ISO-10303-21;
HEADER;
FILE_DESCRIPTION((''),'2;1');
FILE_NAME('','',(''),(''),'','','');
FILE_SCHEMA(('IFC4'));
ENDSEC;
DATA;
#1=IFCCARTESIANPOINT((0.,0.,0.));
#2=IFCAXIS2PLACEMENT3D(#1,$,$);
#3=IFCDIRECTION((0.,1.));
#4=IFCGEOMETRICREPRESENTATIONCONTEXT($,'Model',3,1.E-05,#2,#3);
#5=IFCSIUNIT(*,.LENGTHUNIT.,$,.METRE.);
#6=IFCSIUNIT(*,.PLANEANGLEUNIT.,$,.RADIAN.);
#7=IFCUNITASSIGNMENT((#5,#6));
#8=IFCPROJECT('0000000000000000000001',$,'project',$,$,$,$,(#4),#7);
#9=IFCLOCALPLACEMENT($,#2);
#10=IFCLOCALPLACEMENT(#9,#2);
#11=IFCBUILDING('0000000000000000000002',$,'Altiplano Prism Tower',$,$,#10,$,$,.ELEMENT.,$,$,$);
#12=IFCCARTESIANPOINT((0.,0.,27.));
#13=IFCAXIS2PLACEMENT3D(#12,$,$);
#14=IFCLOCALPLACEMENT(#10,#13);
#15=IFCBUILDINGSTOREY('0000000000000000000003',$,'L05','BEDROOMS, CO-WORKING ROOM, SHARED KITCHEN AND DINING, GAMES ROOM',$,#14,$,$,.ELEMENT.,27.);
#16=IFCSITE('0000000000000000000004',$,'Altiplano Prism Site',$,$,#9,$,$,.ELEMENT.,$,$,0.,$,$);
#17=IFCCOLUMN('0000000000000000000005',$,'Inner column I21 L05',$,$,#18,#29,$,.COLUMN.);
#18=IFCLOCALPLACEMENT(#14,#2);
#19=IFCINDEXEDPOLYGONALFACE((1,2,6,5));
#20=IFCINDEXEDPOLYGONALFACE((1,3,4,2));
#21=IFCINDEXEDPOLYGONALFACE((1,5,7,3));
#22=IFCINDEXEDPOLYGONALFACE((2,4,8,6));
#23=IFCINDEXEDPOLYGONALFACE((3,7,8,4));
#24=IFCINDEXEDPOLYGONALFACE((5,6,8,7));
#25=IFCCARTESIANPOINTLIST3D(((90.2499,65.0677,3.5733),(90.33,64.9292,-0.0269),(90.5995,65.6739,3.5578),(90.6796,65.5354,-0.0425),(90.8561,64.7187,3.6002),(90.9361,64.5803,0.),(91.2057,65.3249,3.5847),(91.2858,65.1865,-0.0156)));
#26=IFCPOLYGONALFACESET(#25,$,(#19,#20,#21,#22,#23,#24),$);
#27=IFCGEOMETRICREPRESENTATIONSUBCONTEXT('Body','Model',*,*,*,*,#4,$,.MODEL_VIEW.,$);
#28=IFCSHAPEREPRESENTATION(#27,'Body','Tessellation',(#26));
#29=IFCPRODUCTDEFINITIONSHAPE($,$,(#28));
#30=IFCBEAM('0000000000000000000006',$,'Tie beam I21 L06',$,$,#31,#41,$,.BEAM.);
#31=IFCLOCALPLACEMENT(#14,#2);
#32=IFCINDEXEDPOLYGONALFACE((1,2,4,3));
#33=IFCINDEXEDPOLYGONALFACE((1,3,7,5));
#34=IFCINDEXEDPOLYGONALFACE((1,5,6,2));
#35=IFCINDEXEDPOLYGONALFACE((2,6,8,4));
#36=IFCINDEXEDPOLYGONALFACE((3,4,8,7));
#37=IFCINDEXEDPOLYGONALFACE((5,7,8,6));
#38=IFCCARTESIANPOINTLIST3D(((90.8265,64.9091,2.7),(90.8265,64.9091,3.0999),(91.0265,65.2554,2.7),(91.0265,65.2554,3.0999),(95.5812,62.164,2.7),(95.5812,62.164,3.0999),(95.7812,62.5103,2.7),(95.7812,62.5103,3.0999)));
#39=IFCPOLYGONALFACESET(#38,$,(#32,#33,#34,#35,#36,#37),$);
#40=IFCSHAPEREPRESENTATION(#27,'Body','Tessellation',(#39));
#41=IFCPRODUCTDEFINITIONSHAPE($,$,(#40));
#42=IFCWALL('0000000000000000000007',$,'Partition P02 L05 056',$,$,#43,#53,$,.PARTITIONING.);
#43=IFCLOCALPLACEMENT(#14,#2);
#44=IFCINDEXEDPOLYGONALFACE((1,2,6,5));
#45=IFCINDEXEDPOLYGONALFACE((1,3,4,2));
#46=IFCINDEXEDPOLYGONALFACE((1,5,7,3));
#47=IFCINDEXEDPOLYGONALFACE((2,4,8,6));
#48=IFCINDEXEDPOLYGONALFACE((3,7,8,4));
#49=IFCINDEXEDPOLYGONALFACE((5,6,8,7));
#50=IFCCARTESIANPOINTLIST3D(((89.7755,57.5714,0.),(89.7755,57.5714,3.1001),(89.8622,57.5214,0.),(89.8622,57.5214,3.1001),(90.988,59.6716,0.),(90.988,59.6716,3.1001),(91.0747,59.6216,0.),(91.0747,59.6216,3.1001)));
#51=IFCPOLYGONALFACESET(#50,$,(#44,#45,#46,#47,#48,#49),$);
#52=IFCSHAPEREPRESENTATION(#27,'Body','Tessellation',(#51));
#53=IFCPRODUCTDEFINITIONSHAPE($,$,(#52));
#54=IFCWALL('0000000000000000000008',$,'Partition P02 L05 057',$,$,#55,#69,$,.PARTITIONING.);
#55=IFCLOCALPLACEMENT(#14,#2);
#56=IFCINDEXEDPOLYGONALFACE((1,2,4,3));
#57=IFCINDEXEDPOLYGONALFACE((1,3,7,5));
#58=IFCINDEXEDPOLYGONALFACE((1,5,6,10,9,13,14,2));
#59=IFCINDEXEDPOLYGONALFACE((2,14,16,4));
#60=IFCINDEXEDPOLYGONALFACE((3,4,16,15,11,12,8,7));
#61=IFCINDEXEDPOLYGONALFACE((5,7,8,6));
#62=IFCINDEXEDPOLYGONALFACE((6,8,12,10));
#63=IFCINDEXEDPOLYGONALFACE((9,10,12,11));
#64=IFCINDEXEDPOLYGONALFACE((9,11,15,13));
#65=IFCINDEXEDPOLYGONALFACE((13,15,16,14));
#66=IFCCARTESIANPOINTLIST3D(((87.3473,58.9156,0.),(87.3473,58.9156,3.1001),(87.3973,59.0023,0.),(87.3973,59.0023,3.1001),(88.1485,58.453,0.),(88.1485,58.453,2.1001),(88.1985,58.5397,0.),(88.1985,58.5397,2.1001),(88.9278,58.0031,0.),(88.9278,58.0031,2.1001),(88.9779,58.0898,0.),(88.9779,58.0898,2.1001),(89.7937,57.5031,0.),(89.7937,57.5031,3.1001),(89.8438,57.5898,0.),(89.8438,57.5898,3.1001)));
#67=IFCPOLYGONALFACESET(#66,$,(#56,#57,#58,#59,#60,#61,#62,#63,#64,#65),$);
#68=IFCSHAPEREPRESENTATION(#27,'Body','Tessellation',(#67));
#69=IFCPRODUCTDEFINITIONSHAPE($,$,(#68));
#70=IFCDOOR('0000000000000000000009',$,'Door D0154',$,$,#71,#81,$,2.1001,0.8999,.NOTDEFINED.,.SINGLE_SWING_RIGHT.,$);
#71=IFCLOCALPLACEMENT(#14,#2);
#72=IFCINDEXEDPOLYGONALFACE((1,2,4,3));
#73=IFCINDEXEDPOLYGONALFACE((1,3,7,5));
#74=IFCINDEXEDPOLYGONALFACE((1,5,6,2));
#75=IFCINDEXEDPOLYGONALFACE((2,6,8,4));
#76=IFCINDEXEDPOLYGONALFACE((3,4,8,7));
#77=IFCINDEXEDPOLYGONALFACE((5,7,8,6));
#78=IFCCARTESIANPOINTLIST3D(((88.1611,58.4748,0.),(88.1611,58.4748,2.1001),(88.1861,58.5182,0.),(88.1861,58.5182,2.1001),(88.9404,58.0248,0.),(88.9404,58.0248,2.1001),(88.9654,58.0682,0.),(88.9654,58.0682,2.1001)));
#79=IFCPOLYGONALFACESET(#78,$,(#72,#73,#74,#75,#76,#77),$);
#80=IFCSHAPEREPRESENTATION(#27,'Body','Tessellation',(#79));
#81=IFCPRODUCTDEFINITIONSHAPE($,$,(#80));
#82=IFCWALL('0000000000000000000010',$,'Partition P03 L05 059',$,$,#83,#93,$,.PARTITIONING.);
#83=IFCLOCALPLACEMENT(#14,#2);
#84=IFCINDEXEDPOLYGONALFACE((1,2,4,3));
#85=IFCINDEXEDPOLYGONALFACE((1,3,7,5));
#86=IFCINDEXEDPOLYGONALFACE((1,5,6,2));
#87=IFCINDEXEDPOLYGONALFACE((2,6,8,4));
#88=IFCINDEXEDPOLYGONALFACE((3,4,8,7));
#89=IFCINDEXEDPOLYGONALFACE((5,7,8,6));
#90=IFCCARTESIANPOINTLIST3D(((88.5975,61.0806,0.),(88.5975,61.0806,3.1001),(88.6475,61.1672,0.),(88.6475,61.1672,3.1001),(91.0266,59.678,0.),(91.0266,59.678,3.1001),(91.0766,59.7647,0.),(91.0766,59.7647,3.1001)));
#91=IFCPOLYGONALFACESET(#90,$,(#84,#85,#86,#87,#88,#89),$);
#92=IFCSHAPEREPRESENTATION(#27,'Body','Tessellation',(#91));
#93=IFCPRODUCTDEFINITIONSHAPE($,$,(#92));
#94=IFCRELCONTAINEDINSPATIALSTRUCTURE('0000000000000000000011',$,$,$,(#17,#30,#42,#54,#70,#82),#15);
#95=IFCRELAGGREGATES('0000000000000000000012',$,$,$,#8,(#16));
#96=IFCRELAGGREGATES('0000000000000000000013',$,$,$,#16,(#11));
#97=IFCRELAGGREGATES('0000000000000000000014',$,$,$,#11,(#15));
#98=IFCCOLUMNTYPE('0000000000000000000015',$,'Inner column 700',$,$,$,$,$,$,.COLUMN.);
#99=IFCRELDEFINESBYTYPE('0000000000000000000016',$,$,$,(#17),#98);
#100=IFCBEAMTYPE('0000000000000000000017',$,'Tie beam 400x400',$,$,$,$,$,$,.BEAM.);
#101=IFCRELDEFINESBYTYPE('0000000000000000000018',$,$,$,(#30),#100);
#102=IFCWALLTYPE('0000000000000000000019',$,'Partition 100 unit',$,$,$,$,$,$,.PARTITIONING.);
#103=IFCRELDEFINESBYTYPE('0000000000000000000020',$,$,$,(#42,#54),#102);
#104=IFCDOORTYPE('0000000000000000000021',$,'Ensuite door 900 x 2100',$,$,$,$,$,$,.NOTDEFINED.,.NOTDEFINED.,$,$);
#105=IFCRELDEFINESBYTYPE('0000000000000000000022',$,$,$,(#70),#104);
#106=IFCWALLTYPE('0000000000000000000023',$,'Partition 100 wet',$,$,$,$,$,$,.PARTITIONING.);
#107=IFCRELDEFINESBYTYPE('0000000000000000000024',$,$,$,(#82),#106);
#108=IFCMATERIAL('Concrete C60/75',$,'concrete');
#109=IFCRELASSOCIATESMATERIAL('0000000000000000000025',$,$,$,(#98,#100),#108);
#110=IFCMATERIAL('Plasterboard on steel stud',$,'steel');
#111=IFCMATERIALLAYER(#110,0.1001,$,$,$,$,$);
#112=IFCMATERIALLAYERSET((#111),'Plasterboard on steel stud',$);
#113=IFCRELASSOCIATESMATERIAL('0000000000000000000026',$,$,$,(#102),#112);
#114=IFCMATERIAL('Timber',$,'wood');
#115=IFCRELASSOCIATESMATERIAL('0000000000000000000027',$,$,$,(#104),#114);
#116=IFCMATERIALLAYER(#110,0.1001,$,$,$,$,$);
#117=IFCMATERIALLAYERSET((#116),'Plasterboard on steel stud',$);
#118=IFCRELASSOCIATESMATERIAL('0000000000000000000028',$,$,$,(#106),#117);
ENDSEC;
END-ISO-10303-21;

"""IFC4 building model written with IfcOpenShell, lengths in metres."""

from ifc_helpers import new_model, si_unit, direction, frame, frame_2d, origin, origin_2d, place, context, subcontext, project, spatial, rectangle, extrude, material, layer, layer_set, material_profile, profile_set, type_object, element, fill, save


model = new_model("IFC4")

# Units and contexts
model_context = context("Model", 3, precision=1e-05, world=origin(), true_north=direction((0.0, 1.0)))
body_context = subcontext(model_context, "Body", "Model", "MODEL_VIEW")
ifc_project = project(units=[si_unit("LENGTHUNIT", "METRE"), si_unit("PLANEANGLEUNIT", "RADIAN")], contexts=[model_context])

# Site, building, storey
site_placement = place(None, origin())
site = spatial("IfcSite", under=ifc_project, at=site_placement, Name="Altiplano Prism Site", CompositionType="ELEMENT", RefElevation=0.0)
building_placement = place(site_placement, origin())
building = spatial("IfcBuilding", under=site, at=building_placement, Name="Altiplano Prism Tower", CompositionType="ELEMENT")
storey_placement = place(building_placement, frame((0.0, 0.0, 27.0)))
storey = spatial("IfcBuildingStorey", under=building, at=storey_placement, Name="L05", Description="BEDROOMS, CO-WORKING ROOM, SHARED KITCHEN AND DINING, GAMES ROOM", CompositionType="ELEMENT", Elevation=27.0)

# Column
ifc_material_1 = material(Name="Concrete C60/75", Category="concrete")
ifc_material_profile_1 = material_profile(ifc_material_1, rectangle(XDim=0.7, YDim=0.7, at=origin_2d()), Name="Inner column 700")
ifc_profile_set_1 = profile_set([ifc_material_profile_1], Name="Concrete C60/75")
column_type = type_object("IfcColumnType", Name="Inner column 700", PredefinedType="COLUMN", material=ifc_profile_set_1)
column_placement = place(storey_placement, frame((90.8079, 65.0579, -0.0212), z_axis=(-0.022221, 0.038413, 0.999015), x_axis=(-0.499508, -0.866025, 0.022189)))
element("IfcColumn", 1, at=column_placement, inside=storey, type_object=column_type, Name="Inner column I21 L05", PredefinedType="COLUMN", context=body_context, shape_type="SweptSolid", body=[
    extrude(rectangle(XDim=0.7, YDim=0.7, at=origin_2d()), origin(), (0.0, 0.0, 1.0), 3.6038),
])

# Beam
ifc_material_profile_2 = material_profile(ifc_material_1, rectangle(XDim=0.3999, YDim=0.3999, at=origin_2d()), Name="Tie beam 400x400")
ifc_profile_set_2 = profile_set([ifc_material_profile_2], Name="Concrete C60/75")
beam_type = type_object("IfcBeamType", Name="Tie beam 400x400", PredefinedType="BEAM", material=ifc_profile_set_2)
beam_placement = place(storey_placement, frame((90.9265, 65.0823, 2.8999), z_axis=(0.866023, -0.500003, 0.0), x_axis=(0.500003, 0.866023, 0.0)))
element("IfcBeam", 2, at=beam_placement, inside=storey, type_object=beam_type, Name="Tie beam I21 L06", PredefinedType="BEAM", context=body_context, shape_type="SweptSolid", body=[
    extrude(rectangle(XDim=0.3999, YDim=0.3999, at=origin_2d()), origin(), (0.0, 0.0, 1.0), 5.4902),
])

# Wall
ifc_material_2 = material(Name="Plasterboard on steel stud", Category="steel")
ifc_layer_1 = layer(ifc_material_2, 0.1001)
ifc_layer_set_1 = layer_set([ifc_layer_1], Name="Plasterboard on steel stud")
wall_type_1 = type_object("IfcWallType", Name="Partition 100 unit", PredefinedType="PARTITIONING", material=ifc_layer_set_1)
wall_1_placement = place(storey_placement, frame((91.0312, 59.6465, 0.0), z_axis=(0.0, 0.0, 1.0), x_axis=(-0.499972, -0.866041, 0.0)))
element("IfcWall", 3, at=wall_1_placement, inside=storey, type_object=wall_type_1, Name="Partition P02 L05 056", PredefinedType="PARTITIONING", context=body_context, shape_type="SweptSolid", body=[
    extrude(rectangle(XDim=2.425, YDim=0.1001, at=frame_2d((1.2124, 0.0))), origin(), (0.0, 0.0, 1.0), 3.1001),
])

# Wall, opening, door
wall_2_placement = place(storey_placement, frame((89.8188, 57.5464, 0.0), z_axis=(0.0, 0.0, 1.0), x_axis=(-0.866011, 0.500024, 0.0)))
wall_2 = element("IfcWall", 4, at=wall_2_placement, inside=storey, type_object=wall_type_1, Name="Partition P02 L05 057", PredefinedType="PARTITIONING", context=body_context, shape_type="SweptSolid", body=[
    extrude(rectangle(XDim=2.825, YDim=0.1001, at=frame_2d((1.4126, 0.0))), origin(), (0.0, 0.0, 1.0), 3.1001),
])
opening_1_placement = place(wall_2_placement, frame((1.0, 0.0, 0.0)))
opening_1 = element("IfcOpeningElement", 5, at=opening_1_placement, cuts=wall_2, PredefinedType="OPENING", context=body_context, shape_type="SweptSolid", body=[
    extrude(rectangle(XDim=0.8999, YDim=2.1001, at=frame_2d((0.45, 1.05))), frame((0.0, 0.0605, 0.0), z_axis=(0.0, -1.0, 0.0), x_axis=(1.0, 0.0, 0.0)), (0.0, 0.0, 1.0), 0.1211),
])
ifc_material_3 = material(Name="Timber", Category="wood")
door_type_1 = type_object("IfcDoorType", Name="Ensuite door 900 x 2100", OperationType="NOTDEFINED", PredefinedType="NOTDEFINED", material=ifc_material_3)
door_1_placement = place(opening_1_placement, origin())
door_1 = element("IfcDoor", 6, at=door_1_placement, inside=storey, type_object=door_type_1, Name="Door D0154", OperationType="SINGLE_SWING_RIGHT", OverallHeight=2.1001, OverallWidth=0.8999, PredefinedType="NOTDEFINED", context=body_context, shape_type="SweptSolid", body=[
    extrude(rectangle(XDim=0.8999, YDim=2.1001, at=frame_2d((0.45, 1.05))), frame((0.0, 0.0249, 0.0), z_axis=(0.0, -1.0, 0.0), x_axis=(1.0, 0.0, 0.0)), (0.0, 0.0, 1.0), 0.05),
])
fill(opening_1, door_1)

# Wall
ifc_layer_2 = layer(ifc_material_2, 0.1001)
ifc_layer_set_2 = layer_set([ifc_layer_2], Name="Plasterboard on steel stud")
wall_type_2 = type_object("IfcWallType", Name="Partition 100 wet", PredefinedType="PARTITIONING", material=ifc_layer_set_2)
wall_3_placement = place(storey_placement, frame((91.0515, 59.7214, 0.0), z_axis=(0.0, 0.0, 1.0), x_axis=(-0.866012, 0.500024, 0.0)))
element("IfcWall", 7, at=wall_3_placement, inside=storey, type_object=wall_type_2, Name="Partition P03 L05 059", PredefinedType="PARTITIONING", context=body_context, shape_type="SweptSolid", body=[
    extrude(rectangle(XDim=2.8049, YDim=0.1001, at=frame_2d((1.4023, 0.0))), origin(), (0.0, 0.0, 1.0), 3.1001),
])

save(model, "model.ifc")
